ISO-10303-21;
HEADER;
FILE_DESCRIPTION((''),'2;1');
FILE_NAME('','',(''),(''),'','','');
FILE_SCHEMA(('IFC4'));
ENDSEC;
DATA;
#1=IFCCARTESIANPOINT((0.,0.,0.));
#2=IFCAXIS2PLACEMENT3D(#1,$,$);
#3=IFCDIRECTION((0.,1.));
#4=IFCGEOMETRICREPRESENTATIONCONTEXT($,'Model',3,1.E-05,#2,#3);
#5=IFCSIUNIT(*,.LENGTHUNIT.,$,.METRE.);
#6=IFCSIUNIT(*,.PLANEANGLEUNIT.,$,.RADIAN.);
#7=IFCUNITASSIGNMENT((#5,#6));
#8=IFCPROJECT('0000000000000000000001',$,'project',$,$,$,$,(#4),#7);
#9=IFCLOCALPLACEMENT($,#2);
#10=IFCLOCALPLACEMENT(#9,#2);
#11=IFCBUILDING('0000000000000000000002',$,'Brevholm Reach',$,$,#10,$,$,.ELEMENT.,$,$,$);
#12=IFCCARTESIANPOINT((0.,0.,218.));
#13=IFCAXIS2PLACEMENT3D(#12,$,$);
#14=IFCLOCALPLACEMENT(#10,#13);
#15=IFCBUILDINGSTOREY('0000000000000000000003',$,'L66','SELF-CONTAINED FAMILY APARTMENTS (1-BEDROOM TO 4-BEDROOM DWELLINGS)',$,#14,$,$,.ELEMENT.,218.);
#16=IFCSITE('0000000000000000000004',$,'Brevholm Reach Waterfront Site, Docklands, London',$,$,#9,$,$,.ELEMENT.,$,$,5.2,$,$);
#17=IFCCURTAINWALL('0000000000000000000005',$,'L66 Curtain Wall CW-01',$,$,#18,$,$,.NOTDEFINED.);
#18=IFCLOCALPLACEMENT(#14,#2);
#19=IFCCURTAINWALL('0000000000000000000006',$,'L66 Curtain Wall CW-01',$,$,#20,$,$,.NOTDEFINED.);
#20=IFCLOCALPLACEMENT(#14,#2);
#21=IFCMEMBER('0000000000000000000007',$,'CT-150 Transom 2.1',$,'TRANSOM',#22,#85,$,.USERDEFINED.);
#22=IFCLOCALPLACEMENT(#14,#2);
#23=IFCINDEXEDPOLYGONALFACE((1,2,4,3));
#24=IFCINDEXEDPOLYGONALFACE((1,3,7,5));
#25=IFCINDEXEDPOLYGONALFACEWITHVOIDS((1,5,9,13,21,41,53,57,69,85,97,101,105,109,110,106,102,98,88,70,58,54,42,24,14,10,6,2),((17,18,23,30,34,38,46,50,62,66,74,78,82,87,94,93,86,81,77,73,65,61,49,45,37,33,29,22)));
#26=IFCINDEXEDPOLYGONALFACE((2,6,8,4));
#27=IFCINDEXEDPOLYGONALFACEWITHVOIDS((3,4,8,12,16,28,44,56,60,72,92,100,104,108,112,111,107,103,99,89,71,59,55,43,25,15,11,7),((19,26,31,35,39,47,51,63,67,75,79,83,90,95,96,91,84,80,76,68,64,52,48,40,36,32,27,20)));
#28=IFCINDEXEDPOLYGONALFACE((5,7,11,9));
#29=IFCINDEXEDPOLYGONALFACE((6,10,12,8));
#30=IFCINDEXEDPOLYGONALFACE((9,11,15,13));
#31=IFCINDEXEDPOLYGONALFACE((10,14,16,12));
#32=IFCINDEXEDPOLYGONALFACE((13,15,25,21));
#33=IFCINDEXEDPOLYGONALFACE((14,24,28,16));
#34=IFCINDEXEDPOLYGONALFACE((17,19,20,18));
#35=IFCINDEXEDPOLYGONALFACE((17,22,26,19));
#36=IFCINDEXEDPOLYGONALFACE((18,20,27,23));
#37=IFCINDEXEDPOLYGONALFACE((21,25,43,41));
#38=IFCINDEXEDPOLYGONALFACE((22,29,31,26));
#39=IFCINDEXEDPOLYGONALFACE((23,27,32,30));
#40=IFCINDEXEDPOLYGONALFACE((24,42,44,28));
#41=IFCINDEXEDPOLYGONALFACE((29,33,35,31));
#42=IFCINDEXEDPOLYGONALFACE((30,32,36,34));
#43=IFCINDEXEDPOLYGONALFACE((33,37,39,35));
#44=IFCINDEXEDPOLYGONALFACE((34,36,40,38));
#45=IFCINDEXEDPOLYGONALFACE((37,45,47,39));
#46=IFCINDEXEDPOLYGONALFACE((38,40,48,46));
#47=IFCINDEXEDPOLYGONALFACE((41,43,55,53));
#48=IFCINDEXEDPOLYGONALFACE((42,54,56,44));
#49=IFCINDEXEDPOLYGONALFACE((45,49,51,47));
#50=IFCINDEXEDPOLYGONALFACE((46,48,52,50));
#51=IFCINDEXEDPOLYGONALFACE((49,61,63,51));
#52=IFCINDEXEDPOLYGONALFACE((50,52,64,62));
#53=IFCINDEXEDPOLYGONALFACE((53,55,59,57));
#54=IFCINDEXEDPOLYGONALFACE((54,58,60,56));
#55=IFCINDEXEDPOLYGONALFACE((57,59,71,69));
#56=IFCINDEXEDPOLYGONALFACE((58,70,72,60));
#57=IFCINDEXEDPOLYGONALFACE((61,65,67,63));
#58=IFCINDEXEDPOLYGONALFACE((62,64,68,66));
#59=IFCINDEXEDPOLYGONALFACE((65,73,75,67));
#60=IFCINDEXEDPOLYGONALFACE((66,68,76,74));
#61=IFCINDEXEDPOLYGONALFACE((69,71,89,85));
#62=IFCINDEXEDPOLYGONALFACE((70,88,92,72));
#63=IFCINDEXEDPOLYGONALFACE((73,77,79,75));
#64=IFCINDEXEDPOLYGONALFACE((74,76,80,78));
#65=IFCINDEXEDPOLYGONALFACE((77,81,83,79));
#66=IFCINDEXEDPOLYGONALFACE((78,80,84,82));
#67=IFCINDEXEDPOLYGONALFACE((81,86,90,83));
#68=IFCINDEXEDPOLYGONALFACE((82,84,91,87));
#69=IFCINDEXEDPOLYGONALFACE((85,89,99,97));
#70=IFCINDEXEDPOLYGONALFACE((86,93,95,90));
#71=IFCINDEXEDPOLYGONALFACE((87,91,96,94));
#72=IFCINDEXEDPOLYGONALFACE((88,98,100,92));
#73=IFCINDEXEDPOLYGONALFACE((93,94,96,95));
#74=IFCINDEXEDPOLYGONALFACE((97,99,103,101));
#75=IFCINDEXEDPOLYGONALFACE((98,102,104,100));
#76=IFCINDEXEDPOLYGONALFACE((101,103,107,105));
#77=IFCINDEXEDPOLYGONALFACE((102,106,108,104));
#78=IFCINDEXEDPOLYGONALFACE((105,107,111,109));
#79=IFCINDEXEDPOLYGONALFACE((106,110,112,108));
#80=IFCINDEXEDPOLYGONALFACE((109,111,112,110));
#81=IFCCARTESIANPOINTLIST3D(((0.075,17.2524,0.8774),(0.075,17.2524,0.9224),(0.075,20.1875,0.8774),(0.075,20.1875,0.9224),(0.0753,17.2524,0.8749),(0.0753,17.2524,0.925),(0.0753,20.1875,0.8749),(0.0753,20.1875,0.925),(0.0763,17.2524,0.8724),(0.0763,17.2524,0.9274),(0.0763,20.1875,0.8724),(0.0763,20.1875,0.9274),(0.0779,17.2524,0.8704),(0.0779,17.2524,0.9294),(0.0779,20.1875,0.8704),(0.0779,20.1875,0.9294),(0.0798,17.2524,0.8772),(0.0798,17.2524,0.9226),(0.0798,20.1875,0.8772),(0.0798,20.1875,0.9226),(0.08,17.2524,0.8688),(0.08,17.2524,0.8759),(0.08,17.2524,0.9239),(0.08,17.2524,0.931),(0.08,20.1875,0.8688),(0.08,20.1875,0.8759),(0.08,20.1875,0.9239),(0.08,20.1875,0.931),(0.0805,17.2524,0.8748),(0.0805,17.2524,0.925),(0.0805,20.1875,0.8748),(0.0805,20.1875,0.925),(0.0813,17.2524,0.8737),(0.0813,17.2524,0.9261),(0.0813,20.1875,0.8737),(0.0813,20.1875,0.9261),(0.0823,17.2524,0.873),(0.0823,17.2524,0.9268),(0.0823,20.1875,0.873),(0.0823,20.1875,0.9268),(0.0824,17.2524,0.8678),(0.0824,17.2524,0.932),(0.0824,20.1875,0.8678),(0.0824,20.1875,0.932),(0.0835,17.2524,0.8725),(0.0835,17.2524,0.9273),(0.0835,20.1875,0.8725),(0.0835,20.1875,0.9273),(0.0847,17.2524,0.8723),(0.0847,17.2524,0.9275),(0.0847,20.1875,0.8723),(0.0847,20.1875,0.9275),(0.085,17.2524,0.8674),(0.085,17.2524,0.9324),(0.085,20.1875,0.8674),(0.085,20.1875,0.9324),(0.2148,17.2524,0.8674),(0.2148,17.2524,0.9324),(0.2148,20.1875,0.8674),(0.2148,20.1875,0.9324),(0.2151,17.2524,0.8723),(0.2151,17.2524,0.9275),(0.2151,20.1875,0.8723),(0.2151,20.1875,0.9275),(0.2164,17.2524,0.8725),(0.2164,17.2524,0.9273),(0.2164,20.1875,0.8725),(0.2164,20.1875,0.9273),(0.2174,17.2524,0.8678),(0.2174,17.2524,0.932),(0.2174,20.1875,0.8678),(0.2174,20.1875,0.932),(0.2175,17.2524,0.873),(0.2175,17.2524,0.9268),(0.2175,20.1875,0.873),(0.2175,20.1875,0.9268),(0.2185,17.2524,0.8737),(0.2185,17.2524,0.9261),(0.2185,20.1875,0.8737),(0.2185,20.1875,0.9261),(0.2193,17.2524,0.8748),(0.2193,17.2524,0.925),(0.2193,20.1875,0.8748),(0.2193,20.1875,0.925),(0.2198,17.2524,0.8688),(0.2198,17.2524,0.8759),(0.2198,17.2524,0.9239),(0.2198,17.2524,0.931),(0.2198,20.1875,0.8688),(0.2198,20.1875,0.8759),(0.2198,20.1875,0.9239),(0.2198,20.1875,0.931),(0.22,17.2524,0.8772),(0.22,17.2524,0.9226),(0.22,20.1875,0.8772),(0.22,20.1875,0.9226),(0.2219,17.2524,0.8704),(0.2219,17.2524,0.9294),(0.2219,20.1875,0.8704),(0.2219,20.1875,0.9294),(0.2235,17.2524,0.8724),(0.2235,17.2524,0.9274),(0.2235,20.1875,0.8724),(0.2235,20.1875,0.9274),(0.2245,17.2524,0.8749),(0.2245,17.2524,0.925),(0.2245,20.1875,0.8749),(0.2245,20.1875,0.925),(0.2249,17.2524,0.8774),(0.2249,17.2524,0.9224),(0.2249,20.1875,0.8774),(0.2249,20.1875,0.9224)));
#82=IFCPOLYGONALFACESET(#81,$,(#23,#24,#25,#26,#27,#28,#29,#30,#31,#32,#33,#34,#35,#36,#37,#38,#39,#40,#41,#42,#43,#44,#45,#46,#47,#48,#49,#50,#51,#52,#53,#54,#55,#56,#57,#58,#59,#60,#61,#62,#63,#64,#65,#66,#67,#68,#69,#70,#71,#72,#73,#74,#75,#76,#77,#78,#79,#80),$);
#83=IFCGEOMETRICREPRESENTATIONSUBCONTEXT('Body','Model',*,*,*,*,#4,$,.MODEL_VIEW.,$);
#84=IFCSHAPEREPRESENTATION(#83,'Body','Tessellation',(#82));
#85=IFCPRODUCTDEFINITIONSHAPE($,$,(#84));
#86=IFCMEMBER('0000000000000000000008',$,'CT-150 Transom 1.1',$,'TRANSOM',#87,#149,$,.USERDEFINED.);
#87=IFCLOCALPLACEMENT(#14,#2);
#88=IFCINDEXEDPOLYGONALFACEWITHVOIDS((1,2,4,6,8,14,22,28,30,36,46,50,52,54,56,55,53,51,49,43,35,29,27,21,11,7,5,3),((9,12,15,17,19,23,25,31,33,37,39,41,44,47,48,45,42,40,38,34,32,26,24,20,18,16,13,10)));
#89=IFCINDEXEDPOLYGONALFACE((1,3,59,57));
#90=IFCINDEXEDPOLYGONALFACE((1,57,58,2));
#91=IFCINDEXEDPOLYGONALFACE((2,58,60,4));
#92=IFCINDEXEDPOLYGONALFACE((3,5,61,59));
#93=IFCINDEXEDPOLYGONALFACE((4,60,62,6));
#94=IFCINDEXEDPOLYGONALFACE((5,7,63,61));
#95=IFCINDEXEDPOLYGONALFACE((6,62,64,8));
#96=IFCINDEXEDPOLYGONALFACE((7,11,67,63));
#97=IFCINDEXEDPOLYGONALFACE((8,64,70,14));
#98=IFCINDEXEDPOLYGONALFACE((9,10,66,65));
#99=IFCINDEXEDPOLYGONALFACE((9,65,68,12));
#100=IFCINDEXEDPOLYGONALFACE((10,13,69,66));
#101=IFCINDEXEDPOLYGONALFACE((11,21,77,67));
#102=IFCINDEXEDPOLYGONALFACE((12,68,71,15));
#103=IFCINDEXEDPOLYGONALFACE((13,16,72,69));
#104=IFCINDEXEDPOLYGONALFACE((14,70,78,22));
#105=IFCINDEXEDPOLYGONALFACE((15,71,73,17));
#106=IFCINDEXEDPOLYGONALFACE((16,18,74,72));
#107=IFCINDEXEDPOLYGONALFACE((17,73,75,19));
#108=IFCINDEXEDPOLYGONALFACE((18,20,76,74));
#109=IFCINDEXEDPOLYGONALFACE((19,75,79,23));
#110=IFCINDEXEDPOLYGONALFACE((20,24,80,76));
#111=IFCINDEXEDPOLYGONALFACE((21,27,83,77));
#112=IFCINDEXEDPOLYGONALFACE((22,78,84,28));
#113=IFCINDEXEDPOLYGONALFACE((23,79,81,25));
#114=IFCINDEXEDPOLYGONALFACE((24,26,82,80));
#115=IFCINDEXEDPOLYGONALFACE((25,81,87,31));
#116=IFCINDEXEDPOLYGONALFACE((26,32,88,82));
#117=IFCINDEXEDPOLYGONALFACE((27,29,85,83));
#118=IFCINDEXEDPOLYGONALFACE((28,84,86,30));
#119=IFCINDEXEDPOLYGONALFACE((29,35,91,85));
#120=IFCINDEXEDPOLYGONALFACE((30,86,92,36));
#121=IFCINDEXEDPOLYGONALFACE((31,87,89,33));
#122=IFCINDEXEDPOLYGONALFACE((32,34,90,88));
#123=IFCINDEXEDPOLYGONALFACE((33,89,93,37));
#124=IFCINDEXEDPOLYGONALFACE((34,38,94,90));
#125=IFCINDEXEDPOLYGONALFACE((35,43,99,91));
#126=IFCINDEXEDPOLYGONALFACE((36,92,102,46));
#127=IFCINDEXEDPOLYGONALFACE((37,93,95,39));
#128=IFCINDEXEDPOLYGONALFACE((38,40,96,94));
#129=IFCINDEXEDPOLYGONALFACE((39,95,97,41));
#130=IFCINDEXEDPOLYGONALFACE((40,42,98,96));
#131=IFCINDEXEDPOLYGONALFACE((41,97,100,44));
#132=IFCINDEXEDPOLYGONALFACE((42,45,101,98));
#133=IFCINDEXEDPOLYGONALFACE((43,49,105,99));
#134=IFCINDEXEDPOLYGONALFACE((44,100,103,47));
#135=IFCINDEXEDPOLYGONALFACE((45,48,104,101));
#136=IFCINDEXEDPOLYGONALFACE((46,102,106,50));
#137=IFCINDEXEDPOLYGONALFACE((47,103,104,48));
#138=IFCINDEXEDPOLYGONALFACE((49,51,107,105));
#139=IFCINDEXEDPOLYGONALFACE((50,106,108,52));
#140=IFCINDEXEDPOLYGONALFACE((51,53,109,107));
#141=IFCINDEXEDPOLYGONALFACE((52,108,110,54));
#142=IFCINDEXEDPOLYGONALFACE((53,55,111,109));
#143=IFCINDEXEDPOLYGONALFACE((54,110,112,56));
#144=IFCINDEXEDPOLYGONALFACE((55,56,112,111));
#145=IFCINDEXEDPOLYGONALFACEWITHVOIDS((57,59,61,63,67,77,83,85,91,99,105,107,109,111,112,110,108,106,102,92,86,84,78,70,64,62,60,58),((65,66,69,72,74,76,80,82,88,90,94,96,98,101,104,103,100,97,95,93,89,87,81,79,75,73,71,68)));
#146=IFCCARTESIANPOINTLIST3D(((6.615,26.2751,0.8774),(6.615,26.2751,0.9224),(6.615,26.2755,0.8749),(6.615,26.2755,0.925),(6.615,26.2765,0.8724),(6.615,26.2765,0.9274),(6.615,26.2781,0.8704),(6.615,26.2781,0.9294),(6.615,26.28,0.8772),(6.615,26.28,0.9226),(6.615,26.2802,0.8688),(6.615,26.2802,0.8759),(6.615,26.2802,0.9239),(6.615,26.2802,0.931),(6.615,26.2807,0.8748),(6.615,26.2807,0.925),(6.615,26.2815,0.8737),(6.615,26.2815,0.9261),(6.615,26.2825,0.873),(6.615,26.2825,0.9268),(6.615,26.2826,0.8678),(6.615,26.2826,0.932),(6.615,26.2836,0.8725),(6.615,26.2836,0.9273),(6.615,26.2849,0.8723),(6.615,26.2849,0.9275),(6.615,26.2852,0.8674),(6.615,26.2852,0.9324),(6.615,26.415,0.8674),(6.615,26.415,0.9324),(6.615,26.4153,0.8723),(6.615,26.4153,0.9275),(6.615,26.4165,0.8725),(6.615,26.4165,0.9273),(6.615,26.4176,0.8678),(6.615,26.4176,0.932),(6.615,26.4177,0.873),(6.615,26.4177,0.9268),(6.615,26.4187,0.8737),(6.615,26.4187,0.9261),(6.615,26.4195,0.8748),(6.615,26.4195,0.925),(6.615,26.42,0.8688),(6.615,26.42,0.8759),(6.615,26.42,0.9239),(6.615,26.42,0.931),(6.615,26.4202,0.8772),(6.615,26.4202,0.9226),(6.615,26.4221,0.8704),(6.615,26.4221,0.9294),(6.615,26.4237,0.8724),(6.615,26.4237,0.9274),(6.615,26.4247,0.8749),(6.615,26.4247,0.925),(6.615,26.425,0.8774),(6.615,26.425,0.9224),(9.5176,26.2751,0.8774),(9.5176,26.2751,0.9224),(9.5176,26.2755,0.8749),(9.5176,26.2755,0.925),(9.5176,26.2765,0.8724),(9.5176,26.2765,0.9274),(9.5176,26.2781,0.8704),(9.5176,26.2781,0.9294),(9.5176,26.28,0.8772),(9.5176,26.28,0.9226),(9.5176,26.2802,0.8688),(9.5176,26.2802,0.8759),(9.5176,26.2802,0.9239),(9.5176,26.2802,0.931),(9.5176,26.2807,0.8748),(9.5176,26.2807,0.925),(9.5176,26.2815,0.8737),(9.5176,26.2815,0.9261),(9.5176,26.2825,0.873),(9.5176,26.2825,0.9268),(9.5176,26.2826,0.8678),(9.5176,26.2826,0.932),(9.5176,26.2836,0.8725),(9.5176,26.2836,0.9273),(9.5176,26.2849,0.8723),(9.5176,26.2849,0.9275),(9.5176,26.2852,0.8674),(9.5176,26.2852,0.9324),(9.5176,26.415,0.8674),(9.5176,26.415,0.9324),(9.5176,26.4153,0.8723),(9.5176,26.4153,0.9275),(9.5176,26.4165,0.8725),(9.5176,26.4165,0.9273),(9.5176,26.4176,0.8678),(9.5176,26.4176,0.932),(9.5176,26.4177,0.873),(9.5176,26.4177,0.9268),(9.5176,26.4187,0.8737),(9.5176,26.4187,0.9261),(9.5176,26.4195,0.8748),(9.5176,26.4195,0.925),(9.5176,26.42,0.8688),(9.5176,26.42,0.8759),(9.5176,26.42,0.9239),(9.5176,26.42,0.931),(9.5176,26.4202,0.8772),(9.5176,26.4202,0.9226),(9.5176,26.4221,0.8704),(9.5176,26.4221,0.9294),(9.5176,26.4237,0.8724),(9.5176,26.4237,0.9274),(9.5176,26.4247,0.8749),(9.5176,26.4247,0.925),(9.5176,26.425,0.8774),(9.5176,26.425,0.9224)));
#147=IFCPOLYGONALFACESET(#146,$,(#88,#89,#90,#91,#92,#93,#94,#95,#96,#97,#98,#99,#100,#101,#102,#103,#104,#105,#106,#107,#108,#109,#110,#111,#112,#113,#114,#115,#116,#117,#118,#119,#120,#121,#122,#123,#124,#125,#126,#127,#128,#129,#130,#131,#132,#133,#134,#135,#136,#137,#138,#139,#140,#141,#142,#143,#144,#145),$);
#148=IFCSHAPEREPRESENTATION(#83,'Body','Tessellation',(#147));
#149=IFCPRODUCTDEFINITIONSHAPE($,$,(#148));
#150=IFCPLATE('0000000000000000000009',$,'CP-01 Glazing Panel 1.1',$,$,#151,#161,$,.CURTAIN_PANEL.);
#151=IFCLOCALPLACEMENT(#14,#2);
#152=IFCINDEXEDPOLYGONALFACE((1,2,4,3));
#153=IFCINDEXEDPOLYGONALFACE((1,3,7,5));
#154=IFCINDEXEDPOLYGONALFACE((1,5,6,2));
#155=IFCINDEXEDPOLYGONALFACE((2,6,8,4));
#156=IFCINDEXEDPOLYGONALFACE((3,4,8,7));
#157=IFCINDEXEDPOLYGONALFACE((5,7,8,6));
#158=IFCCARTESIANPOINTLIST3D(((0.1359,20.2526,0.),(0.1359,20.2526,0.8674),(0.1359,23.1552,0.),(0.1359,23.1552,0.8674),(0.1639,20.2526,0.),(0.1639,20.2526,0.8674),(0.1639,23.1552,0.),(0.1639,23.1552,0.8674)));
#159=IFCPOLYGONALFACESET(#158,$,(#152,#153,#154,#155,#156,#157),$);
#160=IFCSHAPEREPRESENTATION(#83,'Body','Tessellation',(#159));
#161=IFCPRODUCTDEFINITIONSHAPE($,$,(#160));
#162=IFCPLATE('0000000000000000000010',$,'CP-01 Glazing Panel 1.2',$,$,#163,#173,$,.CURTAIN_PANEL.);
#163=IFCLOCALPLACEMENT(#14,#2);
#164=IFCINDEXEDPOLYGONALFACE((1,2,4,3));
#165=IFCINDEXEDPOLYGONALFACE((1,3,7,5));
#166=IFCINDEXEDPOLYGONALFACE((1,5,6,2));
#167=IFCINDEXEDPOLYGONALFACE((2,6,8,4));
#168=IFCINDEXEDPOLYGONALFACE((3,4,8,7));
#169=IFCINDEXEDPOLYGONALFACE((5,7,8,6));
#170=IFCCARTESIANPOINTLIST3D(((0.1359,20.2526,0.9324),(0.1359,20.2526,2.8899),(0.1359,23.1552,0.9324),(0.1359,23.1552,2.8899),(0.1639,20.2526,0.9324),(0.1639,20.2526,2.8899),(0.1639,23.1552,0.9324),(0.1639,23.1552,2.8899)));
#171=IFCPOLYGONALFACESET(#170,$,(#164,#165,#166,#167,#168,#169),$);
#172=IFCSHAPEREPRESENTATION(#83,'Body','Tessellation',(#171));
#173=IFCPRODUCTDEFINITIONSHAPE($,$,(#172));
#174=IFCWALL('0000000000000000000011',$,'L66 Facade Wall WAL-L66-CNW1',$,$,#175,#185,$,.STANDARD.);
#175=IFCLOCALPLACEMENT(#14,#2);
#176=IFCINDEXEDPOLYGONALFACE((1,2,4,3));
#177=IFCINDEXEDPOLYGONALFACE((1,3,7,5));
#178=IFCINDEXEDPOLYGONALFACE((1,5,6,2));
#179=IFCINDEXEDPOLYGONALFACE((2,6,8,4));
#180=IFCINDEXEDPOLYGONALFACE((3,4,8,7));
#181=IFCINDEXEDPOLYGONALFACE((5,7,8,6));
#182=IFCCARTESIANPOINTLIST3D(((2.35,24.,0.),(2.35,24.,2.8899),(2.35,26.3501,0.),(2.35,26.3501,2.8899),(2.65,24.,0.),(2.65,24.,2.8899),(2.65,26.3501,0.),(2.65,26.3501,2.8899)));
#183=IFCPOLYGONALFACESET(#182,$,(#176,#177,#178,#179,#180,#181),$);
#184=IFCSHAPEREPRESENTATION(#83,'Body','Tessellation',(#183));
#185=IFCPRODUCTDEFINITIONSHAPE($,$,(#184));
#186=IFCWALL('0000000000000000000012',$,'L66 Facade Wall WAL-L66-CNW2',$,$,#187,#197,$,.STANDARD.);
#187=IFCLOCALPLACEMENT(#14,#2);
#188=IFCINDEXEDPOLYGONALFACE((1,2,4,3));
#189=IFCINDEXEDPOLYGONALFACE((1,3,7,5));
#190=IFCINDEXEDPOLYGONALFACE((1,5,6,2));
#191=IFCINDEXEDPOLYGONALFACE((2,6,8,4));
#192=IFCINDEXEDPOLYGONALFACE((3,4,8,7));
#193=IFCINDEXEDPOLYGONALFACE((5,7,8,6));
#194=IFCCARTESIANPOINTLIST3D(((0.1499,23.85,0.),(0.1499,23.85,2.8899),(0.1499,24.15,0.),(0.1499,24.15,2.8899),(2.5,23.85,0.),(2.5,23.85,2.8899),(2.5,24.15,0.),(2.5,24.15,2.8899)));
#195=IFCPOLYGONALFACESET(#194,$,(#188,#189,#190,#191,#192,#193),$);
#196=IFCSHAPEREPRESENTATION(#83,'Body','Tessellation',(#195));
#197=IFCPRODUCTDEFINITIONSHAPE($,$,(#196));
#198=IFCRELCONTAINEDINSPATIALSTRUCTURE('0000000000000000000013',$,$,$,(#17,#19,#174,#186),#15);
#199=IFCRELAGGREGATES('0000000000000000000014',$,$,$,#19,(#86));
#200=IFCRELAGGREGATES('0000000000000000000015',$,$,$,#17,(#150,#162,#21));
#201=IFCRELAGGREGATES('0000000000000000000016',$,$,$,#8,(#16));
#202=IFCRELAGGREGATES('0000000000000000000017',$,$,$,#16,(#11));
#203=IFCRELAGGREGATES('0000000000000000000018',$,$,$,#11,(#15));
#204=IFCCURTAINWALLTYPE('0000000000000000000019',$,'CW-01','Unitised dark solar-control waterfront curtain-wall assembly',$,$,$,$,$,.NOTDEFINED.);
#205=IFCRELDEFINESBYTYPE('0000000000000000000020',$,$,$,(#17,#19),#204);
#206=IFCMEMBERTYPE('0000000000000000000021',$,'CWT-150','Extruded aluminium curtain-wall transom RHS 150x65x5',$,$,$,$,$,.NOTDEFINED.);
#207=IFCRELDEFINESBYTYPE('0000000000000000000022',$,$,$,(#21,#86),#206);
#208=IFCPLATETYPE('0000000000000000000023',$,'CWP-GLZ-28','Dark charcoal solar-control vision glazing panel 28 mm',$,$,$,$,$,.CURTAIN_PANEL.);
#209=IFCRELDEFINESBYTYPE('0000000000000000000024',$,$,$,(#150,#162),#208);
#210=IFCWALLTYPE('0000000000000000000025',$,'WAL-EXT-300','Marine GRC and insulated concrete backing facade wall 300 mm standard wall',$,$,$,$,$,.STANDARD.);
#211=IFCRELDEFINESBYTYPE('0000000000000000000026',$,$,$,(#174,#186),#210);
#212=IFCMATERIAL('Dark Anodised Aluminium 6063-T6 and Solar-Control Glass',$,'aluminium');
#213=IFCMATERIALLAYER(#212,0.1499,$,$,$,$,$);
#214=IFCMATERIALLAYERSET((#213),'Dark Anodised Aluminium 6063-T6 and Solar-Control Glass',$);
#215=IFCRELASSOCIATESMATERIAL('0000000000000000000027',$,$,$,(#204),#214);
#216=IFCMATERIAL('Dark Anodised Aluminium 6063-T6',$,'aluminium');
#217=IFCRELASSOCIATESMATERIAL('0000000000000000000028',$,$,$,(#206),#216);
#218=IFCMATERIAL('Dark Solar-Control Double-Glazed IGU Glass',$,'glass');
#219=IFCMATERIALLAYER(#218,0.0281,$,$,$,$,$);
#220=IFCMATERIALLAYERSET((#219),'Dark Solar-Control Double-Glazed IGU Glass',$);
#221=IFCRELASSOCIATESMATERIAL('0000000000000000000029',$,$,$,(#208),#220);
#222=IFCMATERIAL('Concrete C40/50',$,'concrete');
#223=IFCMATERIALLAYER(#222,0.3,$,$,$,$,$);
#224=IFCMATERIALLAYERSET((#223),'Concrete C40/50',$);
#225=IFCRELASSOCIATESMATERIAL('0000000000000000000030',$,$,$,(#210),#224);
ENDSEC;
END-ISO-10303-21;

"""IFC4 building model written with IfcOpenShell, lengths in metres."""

from ifc_helpers import new_model, si_unit, direction, frame, frame_2d, origin, origin_2d, place, context, subcontext, project, spatial, rectangle, hollow_rectangle, extrude, material, layer, layer_set, material_profile, profile_set, type_object, element, aggregate, save


model = new_model("IFC4")

# Units and contexts
model_context = context("Model", 3, precision=1e-05, world=origin(), true_north=direction((0.0, 1.0)))
body_context = subcontext(model_context, "Body", "Model", "MODEL_VIEW")
ifc_project = project(units=[si_unit("LENGTHUNIT", "METRE"), si_unit("PLANEANGLEUNIT", "RADIAN")], contexts=[model_context])

# Site, building, storey
site_placement = place(None, origin())
site = spatial("IfcSite", under=ifc_project, at=site_placement, Name="Brevholm Reach Waterfront Site, Docklands, London", CompositionType="ELEMENT", RefElevation=5.2)
building_placement = place(site_placement, origin())
building = spatial("IfcBuilding", under=site, at=building_placement, Name="Brevholm Reach", CompositionType="ELEMENT")
storey_placement = place(building_placement, frame((0.0, 0.0, 218.0)))
storey = spatial("IfcBuildingStorey", under=building, at=storey_placement, Name="L66", Description="SELF-CONTAINED FAMILY APARTMENTS (1-BEDROOM TO 4-BEDROOM DWELLINGS)", CompositionType="ELEMENT", Elevation=218.0)

# Curtain wall
ifc_material_1 = material(Name="Dark Anodised Aluminium 6063-T6 and Solar-Control Glass", Category="aluminium")
ifc_layer_1 = layer(ifc_material_1, 0.1499)
ifc_layer_set_1 = layer_set([ifc_layer_1], Name="Dark Anodised Aluminium 6063-T6 and Solar-Control Glass")
curtain_wall_type = type_object("IfcCurtainWallType", Name="CW-01", Description="Unitised dark solar-control waterfront curtain-wall assembly", PredefinedType="NOTDEFINED", material=ifc_layer_set_1)
curtain_wall_1_placement = place(storey_placement, origin())
curtain_wall_1 = element("IfcCurtainWall", 1, at=curtain_wall_1_placement, inside=storey, type_object=curtain_wall_type, Name="L66 Curtain Wall CW-01", PredefinedType="NOTDEFINED")

# Curtain wall
curtain_wall_2_placement = place(storey_placement, origin())
curtain_wall_2 = element("IfcCurtainWall", 2, at=curtain_wall_2_placement, inside=storey, type_object=curtain_wall_type, Name="L66 Curtain Wall CW-01", PredefinedType="NOTDEFINED")

# Members
ifc_material_2 = material(Name="Dark Anodised Aluminium 6063-T6", Category="aluminium")
ifc_material_profile_1 = material_profile(ifc_material_2, hollow_rectangle(XDim=0.0649, YDim=0.1499, WallThickness=0.0049, InnerFilletRadius=0.0049, OuterFilletRadius=0.01, at=origin_2d()), Name="RHS 150x65x5")
ifc_profile_set_1 = profile_set([ifc_material_profile_1], Name="Dark Anodised Aluminium 6063-T6")
member_type_1 = type_object("IfcMemberType", Name="CWT-150", Description="Extruded aluminium curtain-wall transom RHS 150x65x5", PredefinedType="NOTDEFINED", material=ifc_profile_set_1)
member_1_placement = place(storey_placement, frame((0.1499, 20.1875, 0.8999), z_axis=(0.0, -1.0, 0.0), x_axis=(0.0, 0.0, 1.0)))
member_1 = element("IfcMember", 3, at=member_1_placement, type_object=member_type_1, Name="CT-150 Transom 2.1", ObjectType="TRANSOM", PredefinedType="USERDEFINED", context=body_context, shape_type="SweptSolid", body=[
    extrude(hollow_rectangle(XDim=0.0649, YDim=0.1499, WallThickness=0.0049, InnerFilletRadius=0.0049, OuterFilletRadius=0.01, at=origin_2d()), origin(), (0.0, 0.0, 1.0), 2.9351),
])
member_2_placement = place(storey_placement, frame((6.615, 26.3501, 0.8999), z_axis=(1.0, 0.0, 0.0), x_axis=(0.0, 0.0, 1.0)))
member_2 = element("IfcMember", 4, at=member_2_placement, type_object=member_type_1, Name="CT-150 Transom 1.1", ObjectType="TRANSOM", PredefinedType="USERDEFINED", context=body_context, shape_type="SweptSolid", body=[
    extrude(hollow_rectangle(XDim=0.0649, YDim=0.1499, WallThickness=0.0049, InnerFilletRadius=0.0049, OuterFilletRadius=0.01, at=origin_2d()), origin(), (0.0, 0.0, 1.0), 2.9026),
])
aggregate(curtain_wall_2, [member_2])

# Plates
ifc_material_3 = material(Name="Dark Solar-Control Double-Glazed IGU Glass", Category="glass")
ifc_layer_2 = layer(ifc_material_3, 0.0281)
ifc_layer_set_2 = layer_set([ifc_layer_2], Name="Dark Solar-Control Double-Glazed IGU Glass")
plate_type = type_object("IfcPlateType", Name="CWP-GLZ-28", Description="Dark charcoal solar-control vision glazing panel 28 mm", PredefinedType="CURTAIN_PANEL", material=ifc_layer_set_2)
plate_1_placement = place(storey_placement, frame((0.1499, 21.7039, 0.0), z_axis=(0.0, 0.0, 1.0), x_axis=(0.0, -1.0, 0.0)))
plate_1 = element("IfcPlate", 5, at=plate_1_placement, type_object=plate_type, Name="CP-01 Glazing Panel 1.1", PredefinedType="CURTAIN_PANEL", context=body_context, shape_type="SweptSolid", body=[
    extrude(rectangle(XDim=2.9026, YDim=0.0281, at=origin_2d()), origin(), (0.0, 0.0, 1.0), 0.8674),
])
plate_2_placement = place(storey_placement, frame((0.1499, 21.7039, 0.9324), z_axis=(0.0, 0.0, 1.0), x_axis=(0.0, -1.0, 0.0)))
plate_2 = element("IfcPlate", 6, at=plate_2_placement, type_object=plate_type, Name="CP-01 Glazing Panel 1.2", PredefinedType="CURTAIN_PANEL", context=body_context, shape_type="SweptSolid", body=[
    extrude(rectangle(XDim=2.9026, YDim=0.0281, at=origin_2d()), origin(), (0.0, 0.0, 1.0), 1.9575),
])
aggregate(curtain_wall_1, [plate_1, plate_2, member_1])

# Walls
ifc_material_4 = material(Name="Concrete C40/50", Category="concrete")
ifc_layer_3 = layer(ifc_material_4, 0.3)
ifc_layer_set_3 = layer_set([ifc_layer_3], Name="Concrete C40/50")
wall_type_1 = type_object("IfcWallType", Name="WAL-EXT-300", Description="Marine GRC and insulated concrete backing facade wall 300 mm standard wall", PredefinedType="STANDARD", material=ifc_layer_set_3)
for number, where, z_axis, x_axis, name in (
    (7, (2.5, 26.3501, 0.0), (0.0, 0.0, 1.0), (0.0, -1.0, 0.0), "L66 Facade Wall WAL-L66-CNW1"),
    (8, (2.5, 24.0, 0.0), (0.0, 0.0, 1.0), (-1.0, 0.0, 0.0), "L66 Facade Wall WAL-L66-CNW2"),
):
    element("IfcWall", number, at=place(storey_placement, frame(where, z_axis=z_axis, x_axis=x_axis)), inside=storey, type_object=wall_type_1, Name=name, PredefinedType="STANDARD", context=body_context, shape_type="SweptSolid", body=[
        extrude(rectangle(XDim=2.3501, YDim=0.3, at=frame_2d((1.175, 0.0))), origin(), (0.0, 0.0, 1.0), 2.8899),
    ])

save(model, "model.ifc")
